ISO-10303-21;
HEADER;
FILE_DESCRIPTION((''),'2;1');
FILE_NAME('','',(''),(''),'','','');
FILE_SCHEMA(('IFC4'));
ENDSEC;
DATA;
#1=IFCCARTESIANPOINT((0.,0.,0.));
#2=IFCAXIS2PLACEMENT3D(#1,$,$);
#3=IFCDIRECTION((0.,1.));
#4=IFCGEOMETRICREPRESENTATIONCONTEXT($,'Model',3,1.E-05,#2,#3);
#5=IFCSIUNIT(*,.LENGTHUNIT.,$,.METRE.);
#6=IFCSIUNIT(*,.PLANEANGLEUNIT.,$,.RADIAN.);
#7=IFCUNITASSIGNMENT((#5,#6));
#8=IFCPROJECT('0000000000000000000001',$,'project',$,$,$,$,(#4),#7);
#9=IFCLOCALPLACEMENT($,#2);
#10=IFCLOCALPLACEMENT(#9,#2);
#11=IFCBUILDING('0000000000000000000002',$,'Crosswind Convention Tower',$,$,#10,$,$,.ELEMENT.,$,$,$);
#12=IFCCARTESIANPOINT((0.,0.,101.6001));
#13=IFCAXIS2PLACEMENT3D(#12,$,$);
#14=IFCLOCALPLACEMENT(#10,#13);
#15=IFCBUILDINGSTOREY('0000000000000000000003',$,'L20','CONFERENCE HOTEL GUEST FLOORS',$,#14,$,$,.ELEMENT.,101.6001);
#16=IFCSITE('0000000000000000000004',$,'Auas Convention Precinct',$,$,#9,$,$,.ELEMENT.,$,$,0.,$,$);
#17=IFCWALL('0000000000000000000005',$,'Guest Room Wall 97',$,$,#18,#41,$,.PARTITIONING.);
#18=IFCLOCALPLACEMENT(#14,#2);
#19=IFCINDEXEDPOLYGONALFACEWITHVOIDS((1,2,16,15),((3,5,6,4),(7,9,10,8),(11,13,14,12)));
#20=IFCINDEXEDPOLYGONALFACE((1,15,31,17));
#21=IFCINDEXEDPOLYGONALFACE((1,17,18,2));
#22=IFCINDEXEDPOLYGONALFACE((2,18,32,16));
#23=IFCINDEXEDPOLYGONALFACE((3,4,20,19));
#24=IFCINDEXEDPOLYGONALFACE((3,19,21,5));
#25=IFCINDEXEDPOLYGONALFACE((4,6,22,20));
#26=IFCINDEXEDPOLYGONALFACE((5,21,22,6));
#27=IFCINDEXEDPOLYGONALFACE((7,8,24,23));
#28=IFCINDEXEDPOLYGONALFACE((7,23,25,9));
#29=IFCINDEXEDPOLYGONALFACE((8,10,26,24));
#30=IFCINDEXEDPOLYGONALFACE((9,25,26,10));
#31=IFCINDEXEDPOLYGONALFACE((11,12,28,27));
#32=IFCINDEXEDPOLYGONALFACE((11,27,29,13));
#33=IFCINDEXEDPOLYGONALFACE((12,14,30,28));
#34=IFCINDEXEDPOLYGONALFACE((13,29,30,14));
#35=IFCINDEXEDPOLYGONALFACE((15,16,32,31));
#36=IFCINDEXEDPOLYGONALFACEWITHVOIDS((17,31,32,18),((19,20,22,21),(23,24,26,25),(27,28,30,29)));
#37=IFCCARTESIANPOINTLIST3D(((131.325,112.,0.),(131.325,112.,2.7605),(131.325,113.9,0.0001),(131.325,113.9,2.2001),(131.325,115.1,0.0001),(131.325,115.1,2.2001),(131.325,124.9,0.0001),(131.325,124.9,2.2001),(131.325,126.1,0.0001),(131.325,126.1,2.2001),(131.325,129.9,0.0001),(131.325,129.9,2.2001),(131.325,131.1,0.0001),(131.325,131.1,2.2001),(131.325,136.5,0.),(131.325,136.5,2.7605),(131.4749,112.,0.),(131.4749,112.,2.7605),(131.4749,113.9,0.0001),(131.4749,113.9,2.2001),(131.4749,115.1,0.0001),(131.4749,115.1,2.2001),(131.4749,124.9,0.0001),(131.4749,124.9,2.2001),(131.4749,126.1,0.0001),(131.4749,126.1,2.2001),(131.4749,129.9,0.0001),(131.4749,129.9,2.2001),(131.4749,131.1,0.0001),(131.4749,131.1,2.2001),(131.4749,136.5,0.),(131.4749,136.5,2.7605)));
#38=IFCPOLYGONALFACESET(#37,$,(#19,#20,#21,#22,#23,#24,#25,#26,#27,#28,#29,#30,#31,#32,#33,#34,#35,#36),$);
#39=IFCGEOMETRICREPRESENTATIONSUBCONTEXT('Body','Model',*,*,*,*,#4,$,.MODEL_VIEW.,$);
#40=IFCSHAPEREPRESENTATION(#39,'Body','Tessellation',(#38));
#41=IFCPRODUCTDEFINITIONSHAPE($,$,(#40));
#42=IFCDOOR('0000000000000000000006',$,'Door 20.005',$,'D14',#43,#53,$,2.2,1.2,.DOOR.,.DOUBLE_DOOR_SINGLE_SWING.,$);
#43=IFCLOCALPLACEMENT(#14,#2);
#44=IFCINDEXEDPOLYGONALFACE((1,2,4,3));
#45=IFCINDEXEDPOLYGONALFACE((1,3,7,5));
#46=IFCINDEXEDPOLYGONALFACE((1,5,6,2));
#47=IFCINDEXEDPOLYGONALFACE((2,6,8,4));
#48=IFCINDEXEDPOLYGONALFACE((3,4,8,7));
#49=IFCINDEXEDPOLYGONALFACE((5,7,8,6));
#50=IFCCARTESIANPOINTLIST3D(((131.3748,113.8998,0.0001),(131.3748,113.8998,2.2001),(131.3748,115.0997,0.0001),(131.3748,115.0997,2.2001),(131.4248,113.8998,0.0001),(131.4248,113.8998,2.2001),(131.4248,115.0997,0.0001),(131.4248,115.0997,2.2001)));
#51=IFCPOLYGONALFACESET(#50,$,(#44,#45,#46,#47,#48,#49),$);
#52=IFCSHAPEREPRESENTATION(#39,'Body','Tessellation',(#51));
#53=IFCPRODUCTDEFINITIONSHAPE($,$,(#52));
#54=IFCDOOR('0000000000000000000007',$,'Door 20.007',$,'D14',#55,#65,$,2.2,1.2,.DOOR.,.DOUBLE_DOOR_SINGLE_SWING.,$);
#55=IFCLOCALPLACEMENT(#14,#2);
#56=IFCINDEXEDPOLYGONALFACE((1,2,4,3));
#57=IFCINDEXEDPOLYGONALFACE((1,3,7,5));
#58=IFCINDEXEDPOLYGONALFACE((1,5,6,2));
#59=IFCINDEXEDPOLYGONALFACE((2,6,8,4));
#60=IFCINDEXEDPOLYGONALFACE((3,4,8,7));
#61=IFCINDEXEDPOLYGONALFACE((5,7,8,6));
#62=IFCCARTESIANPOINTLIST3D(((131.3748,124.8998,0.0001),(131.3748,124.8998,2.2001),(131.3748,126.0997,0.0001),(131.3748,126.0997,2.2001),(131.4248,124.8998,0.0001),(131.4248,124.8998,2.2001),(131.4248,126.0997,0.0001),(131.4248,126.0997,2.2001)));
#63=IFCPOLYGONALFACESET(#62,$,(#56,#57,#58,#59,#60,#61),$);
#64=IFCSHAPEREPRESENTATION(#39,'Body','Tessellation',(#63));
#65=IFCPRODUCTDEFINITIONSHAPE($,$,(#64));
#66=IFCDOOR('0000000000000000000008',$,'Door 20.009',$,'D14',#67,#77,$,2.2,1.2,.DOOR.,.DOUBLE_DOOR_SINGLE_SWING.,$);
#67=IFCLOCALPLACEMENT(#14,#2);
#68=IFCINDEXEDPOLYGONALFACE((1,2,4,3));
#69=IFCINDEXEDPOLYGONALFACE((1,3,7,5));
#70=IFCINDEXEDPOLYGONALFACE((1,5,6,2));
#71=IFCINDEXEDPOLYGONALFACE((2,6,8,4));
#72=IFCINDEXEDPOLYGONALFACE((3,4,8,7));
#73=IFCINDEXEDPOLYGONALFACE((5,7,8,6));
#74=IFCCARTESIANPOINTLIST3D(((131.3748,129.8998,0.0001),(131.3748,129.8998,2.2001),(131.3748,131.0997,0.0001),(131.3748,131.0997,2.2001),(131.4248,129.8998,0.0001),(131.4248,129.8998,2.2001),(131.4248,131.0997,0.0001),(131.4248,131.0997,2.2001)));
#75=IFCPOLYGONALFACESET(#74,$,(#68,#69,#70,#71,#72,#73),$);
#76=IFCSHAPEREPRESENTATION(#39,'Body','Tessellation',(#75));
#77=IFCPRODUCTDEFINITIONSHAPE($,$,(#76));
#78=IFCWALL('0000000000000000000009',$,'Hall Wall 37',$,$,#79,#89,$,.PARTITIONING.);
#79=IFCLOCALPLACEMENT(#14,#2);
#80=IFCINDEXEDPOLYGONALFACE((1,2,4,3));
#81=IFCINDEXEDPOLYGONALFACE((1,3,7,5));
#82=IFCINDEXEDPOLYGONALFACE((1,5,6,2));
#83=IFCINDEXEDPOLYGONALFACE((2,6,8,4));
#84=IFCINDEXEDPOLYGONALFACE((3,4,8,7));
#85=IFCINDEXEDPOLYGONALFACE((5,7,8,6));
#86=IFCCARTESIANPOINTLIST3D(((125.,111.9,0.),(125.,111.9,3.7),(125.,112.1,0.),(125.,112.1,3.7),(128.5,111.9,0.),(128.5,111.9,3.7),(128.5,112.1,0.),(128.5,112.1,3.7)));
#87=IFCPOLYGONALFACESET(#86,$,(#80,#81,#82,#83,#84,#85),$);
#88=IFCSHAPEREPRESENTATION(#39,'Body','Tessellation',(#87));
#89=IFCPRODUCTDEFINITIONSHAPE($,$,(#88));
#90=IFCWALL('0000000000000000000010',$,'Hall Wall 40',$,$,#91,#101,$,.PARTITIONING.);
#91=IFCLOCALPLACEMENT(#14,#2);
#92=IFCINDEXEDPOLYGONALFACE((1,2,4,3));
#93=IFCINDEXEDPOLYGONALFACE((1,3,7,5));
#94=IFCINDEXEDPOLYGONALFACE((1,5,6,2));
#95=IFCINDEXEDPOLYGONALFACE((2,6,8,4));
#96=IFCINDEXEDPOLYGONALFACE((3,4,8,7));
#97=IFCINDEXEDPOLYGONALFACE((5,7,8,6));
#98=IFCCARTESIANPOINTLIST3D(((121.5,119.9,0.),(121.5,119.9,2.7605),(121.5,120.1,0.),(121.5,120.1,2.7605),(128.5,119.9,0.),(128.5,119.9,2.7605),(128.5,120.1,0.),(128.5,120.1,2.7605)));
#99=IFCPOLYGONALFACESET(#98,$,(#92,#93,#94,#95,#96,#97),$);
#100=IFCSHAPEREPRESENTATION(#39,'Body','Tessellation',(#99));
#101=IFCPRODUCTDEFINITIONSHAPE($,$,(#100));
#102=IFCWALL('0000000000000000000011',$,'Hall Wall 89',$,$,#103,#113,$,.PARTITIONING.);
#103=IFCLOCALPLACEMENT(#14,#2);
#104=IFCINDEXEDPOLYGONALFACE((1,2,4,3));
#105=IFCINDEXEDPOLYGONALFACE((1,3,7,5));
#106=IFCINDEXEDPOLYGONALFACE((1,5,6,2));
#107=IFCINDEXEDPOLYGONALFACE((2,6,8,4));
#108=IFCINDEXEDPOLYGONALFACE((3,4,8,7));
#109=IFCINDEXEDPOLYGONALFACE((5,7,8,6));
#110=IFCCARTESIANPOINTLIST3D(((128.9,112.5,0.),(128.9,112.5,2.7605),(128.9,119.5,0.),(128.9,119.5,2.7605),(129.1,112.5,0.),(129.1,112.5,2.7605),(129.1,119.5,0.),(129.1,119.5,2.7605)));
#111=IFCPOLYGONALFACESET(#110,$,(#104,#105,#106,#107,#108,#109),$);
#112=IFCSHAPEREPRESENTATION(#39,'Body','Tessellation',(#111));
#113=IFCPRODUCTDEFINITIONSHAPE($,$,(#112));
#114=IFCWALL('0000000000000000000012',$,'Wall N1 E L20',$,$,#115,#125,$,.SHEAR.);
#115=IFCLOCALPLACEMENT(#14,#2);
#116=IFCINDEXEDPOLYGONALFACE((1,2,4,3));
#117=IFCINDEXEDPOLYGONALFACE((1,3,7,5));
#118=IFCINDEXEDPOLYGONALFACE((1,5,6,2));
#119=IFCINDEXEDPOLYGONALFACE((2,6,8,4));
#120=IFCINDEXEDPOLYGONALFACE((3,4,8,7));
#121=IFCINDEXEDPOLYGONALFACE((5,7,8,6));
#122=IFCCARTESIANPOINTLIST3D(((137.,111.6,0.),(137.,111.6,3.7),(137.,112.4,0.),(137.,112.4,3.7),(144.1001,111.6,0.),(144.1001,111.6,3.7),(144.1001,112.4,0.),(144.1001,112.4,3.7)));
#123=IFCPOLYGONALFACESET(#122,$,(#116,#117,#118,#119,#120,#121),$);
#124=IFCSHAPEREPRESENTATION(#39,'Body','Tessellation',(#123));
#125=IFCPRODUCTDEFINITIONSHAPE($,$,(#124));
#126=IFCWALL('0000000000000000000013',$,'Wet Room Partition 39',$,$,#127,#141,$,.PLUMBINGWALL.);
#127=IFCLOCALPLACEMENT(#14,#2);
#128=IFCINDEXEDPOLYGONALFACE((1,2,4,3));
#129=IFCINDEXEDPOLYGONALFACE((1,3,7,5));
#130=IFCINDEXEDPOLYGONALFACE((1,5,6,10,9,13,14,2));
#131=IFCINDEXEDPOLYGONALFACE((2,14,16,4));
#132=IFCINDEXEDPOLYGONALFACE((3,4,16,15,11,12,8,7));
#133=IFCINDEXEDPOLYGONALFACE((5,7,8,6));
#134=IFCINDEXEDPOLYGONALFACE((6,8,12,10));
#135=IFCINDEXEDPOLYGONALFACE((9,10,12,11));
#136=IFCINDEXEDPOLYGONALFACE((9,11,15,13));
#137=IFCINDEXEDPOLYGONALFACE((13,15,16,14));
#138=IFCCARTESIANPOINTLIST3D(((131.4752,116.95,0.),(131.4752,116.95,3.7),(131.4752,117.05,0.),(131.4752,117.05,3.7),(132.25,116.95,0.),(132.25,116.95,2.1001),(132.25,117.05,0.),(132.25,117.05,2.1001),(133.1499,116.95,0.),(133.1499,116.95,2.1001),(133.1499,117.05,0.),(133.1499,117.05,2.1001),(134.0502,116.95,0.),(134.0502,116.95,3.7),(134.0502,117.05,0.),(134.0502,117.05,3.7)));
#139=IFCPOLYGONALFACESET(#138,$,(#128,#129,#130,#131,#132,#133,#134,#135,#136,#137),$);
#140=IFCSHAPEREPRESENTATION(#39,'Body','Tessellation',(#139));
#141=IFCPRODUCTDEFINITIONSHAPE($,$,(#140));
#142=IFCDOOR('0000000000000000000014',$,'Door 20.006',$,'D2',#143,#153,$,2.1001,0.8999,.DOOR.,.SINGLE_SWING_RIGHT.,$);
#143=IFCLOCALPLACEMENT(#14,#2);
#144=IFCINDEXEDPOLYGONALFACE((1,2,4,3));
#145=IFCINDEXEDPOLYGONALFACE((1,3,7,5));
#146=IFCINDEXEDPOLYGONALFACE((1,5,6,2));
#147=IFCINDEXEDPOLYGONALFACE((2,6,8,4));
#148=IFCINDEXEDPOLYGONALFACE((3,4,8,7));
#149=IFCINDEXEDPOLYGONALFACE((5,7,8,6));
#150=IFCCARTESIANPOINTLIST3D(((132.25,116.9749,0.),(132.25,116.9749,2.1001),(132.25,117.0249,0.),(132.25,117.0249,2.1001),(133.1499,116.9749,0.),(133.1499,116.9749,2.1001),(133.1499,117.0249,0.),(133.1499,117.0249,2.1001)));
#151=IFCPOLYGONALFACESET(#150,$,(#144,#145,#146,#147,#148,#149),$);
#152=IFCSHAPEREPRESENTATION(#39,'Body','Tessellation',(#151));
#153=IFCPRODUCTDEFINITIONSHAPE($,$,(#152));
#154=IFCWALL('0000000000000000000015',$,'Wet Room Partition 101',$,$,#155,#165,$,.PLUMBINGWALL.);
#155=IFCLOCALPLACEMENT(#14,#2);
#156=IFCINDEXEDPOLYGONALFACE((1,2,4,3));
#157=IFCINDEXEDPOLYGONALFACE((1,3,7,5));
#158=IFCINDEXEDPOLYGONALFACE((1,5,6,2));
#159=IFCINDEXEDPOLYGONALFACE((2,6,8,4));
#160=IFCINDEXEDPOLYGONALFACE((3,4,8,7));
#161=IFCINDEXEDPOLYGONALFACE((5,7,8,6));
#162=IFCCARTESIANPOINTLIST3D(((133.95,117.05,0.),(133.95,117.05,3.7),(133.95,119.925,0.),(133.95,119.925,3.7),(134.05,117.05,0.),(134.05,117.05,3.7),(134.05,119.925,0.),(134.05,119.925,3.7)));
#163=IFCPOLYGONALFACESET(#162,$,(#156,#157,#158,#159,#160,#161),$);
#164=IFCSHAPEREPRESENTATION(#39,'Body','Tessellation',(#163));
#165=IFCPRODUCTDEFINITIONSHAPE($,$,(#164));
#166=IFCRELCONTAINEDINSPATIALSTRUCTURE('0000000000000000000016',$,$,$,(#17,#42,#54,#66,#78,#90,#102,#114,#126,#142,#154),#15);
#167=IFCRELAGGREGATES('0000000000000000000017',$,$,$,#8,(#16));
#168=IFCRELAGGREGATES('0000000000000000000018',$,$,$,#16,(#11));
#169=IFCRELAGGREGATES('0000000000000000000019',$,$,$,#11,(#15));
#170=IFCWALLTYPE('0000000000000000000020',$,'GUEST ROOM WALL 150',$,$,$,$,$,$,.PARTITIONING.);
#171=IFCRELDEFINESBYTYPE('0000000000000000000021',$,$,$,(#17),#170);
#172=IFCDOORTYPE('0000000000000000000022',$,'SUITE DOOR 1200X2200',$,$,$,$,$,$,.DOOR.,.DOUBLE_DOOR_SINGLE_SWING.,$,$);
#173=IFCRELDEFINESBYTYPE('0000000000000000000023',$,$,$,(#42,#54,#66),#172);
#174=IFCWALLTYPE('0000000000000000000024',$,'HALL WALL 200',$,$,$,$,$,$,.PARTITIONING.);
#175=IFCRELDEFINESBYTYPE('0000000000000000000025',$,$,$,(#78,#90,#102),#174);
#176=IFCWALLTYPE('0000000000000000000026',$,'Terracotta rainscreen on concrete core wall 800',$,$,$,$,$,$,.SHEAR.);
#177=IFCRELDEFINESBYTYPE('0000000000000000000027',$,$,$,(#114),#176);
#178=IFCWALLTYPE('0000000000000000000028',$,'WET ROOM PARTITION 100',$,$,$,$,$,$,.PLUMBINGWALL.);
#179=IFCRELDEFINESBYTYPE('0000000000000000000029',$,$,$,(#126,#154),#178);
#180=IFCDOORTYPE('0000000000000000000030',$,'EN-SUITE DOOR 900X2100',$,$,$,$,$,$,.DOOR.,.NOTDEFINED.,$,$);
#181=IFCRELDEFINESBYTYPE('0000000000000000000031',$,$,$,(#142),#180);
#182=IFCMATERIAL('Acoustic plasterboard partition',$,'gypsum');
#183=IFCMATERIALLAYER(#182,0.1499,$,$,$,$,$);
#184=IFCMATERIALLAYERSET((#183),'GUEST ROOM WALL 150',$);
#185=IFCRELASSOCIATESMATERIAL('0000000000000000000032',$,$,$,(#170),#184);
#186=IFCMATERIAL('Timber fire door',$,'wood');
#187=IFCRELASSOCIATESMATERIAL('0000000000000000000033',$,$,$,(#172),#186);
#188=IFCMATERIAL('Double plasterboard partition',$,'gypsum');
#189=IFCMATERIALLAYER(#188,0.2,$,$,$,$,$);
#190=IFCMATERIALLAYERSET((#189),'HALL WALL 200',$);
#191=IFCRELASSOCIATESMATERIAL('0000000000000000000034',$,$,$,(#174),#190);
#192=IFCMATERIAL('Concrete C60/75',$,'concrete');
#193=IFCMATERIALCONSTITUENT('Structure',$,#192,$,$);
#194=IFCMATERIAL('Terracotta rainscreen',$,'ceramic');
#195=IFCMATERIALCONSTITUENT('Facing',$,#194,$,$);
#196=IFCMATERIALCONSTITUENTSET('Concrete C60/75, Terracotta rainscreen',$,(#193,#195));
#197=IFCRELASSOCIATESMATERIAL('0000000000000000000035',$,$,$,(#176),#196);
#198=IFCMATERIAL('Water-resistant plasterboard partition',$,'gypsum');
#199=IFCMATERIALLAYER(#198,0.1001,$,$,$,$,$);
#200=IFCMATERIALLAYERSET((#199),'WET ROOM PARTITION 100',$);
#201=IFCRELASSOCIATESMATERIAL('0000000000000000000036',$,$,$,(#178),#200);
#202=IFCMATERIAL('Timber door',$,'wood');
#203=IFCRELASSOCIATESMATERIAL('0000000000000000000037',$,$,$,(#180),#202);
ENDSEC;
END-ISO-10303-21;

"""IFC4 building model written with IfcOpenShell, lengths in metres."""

from ifc_helpers import new_model, si_unit, direction, frame, frame_2d, origin, place, context, subcontext, project, spatial, rectangle, extrude, material, layer, layer_set, constituent, constituent_set, type_object, element, fill, save


model = new_model("IFC4")

# Units and contexts
model_context = context("Model", 3, precision=1e-05, world=origin(), true_north=direction((0.0, 1.0)))
body_context = subcontext(model_context, "Body", "Model", "MODEL_VIEW")
ifc_project = project(units=[si_unit("LENGTHUNIT", "METRE"), si_unit("PLANEANGLEUNIT", "RADIAN")], contexts=[model_context])

# Site, building, storey
site_placement = place(None, origin())
site = spatial("IfcSite", under=ifc_project, at=site_placement, Name="Auas Convention Precinct", CompositionType="ELEMENT", RefElevation=0.0)
building_placement = place(site_placement, origin())
building = spatial("IfcBuilding", under=site, at=building_placement, Name="Crosswind Convention Tower", CompositionType="ELEMENT")
storey_placement = place(building_placement, frame((0.0, 0.0, 101.6001)))
storey = spatial("IfcBuildingStorey", under=building, at=storey_placement, Name="L20", Description="CONFERENCE HOTEL GUEST FLOORS", CompositionType="ELEMENT", Elevation=101.6001)

# Shared definitions
ifc_material_1 = material(Name="Acoustic plasterboard partition", Category="gypsum")
ifc_layer_1 = layer(ifc_material_1, 0.1499)
ifc_layer_set_1 = layer_set([ifc_layer_1], Name="GUEST ROOM WALL 150")
wall_type_1 = type_object("IfcWallType", Name="GUEST ROOM WALL 150", PredefinedType="PARTITIONING", material=ifc_layer_set_1)

# Wall, openings, doors
wall_1_placement = place(storey_placement, frame((131.3999, 112.0, 0.0), z_axis=(0.0, 0.0, 1.0), x_axis=(0.0, 1.0, 0.0)))
wall_1 = element("IfcWall", 1, at=wall_1_placement, inside=storey, type_object=wall_type_1, Name="Guest Room Wall 97", PredefinedType="PARTITIONING", context=body_context, shape_type="SweptSolid", body=[
    extrude(rectangle(XDim=24.5, YDim=0.1499, at=frame_2d((12.25, 0.0))), origin(), (0.0, 0.0, 1.0), 2.7605),
])
opening_1_placement = place(wall_1_placement, frame((1.8999, 0.0, 0.0)))
opening_1 = element("IfcOpeningElement", 2, at=opening_1_placement, cuts=wall_1, PredefinedType="OPENING", context=body_context, shape_type="SweptSolid", body=[
    extrude(rectangle(XDim=1.2, YDim=2.2, at=frame_2d((0.6001, 1.1001))), frame((0.0, 0.085, 0.0), z_axis=(0.0, -1.0, 0.0), x_axis=(1.0, 0.0, 0.0)), (0.0, 0.0, 1.0), 0.1699),
])
opening_2_placement = place(wall_1_placement, frame((12.8999, 0.0, 0.0)))
opening_2 = element("IfcOpeningElement", 3, at=opening_2_placement, cuts=wall_1, PredefinedType="OPENING", context=body_context, shape_type="SweptSolid", body=[
    extrude(rectangle(XDim=1.2, YDim=2.2, at=frame_2d((0.6001, 1.1001))), frame((0.0, 0.085, 0.0), z_axis=(0.0, -1.0, 0.0), x_axis=(1.0, 0.0, 0.0)), (0.0, 0.0, 1.0), 0.1699),
])
opening_3_placement = place(wall_1_placement, frame((17.8999, 0.0, 0.0)))
opening_3 = element("IfcOpeningElement", 4, at=opening_3_placement, cuts=wall_1, PredefinedType="OPENING", context=body_context, shape_type="SweptSolid", body=[
    extrude(rectangle(XDim=1.2, YDim=2.2, at=frame_2d((0.6001, 1.1001))), frame((0.0, 0.085, 0.0), z_axis=(0.0, -1.0, 0.0), x_axis=(1.0, 0.0, 0.0)), (0.0, 0.0, 1.0), 0.1699),
])
ifc_material_2 = material(Name="Timber fire door", Category="wood")
door_type_1 = type_object("IfcDoorType", Name="SUITE DOOR 1200X2200", OperationType="DOUBLE_DOOR_SINGLE_SWING", PredefinedType="DOOR", material=ifc_material_2)
door_1_placement = place(opening_1_placement, frame((1.2, 0.0, 0.0), z_axis=(0.0, 0.0, 1.0), x_axis=(-1.0, 0.0, 0.0)))
door_1 = element("IfcDoor", 5, at=door_1_placement, inside=storey, type_object=door_type_1, Name="Door 20.005", ObjectType="D14", OperationType="DOUBLE_DOOR_SINGLE_SWING", OverallHeight=2.2, OverallWidth=1.2, PredefinedType="DOOR", context=body_context, shape_type="SweptSolid", body=[
    extrude(rectangle(XDim=1.2, YDim=2.2, at=frame_2d((0.6001, 1.1001))), frame((0.0, 0.0249, 0.0), z_axis=(0.0, -1.0, 0.0), x_axis=(1.0, 0.0, 0.0)), (0.0, 0.0, 1.0), 0.05),
])
fill(opening_1, door_1)
door_2_placement = place(opening_2_placement, frame((1.2, 0.0, 0.0), z_axis=(0.0, 0.0, 1.0), x_axis=(-1.0, 0.0, 0.0)))
door_2 = element("IfcDoor", 6, at=door_2_placement, inside=storey, type_object=door_type_1, Name="Door 20.007", ObjectType="D14", OperationType="DOUBLE_DOOR_SINGLE_SWING", OverallHeight=2.2, OverallWidth=1.2, PredefinedType="DOOR", context=body_context, shape_type="SweptSolid", body=[
    extrude(rectangle(XDim=1.2, YDim=2.2, at=frame_2d((0.6001, 1.1001))), frame((0.0, 0.0249, 0.0), z_axis=(0.0, -1.0, 0.0), x_axis=(1.0, 0.0, 0.0)), (0.0, 0.0, 1.0), 0.05),
])
fill(opening_2, door_2)
door_3_placement = place(opening_3_placement, frame((1.2, 0.0, 0.0), z_axis=(0.0, 0.0, 1.0), x_axis=(-1.0, 0.0, 0.0)))
door_3 = element("IfcDoor", 7, at=door_3_placement, inside=storey, type_object=door_type_1, Name="Door 20.009", ObjectType="D14", OperationType="DOUBLE_DOOR_SINGLE_SWING", OverallHeight=2.2, OverallWidth=1.2, PredefinedType="DOOR", context=body_context, shape_type="SweptSolid", body=[
    extrude(rectangle(XDim=1.2, YDim=2.2, at=frame_2d((0.6001, 1.1001))), frame((0.0, 0.0249, 0.0), z_axis=(0.0, -1.0, 0.0), x_axis=(1.0, 0.0, 0.0)), (0.0, 0.0, 1.0), 0.05),
])
fill(opening_3, door_3)

# Walls
ifc_material_3 = material(Name="Double plasterboard partition", Category="gypsum")
ifc_layer_2 = layer(ifc_material_3, 0.2)
ifc_layer_set_2 = layer_set([ifc_layer_2], Name="HALL WALL 200")
wall_type_2 = type_object("IfcWallType", Name="HALL WALL 200", PredefinedType="PARTITIONING", material=ifc_layer_set_2)
wall_2_placement = place(storey_placement, frame((125.0, 112.0, 0.0), z_axis=(0.0, 0.0, 1.0), x_axis=(1.0, 0.0, 0.0)))
element("IfcWall", 8, at=wall_2_placement, inside=storey, type_object=wall_type_2, Name="Hall Wall 37", PredefinedType="PARTITIONING", context=body_context, shape_type="SweptSolid", body=[
    extrude(rectangle(XDim=3.5, YDim=0.2, at=frame_2d((1.75, 0.0))), origin(), (0.0, 0.0, 1.0), 3.7),
])
for number, where, z_axis, x_axis, name in (
    (9, (121.5, 120.0, 0.0), (0.0, 0.0, 1.0), (1.0, 0.0, 0.0), "Hall Wall 40"),
    (10, (129.0, 112.5, 0.0), (0.0, 0.0, 1.0), (0.0, 1.0, 0.0), "Hall Wall 89"),
):
    element("IfcWall", number, at=place(storey_placement, frame(where, z_axis=z_axis, x_axis=x_axis)), inside=storey, type_object=wall_type_2, Name=name, PredefinedType="PARTITIONING", context=body_context, shape_type="SweptSolid", body=[
        extrude(rectangle(XDim=7.0, YDim=0.2, at=frame_2d((3.5, 0.0))), origin(), (0.0, 0.0, 1.0), 2.7605),
    ])
ifc_material_4 = material(Name="Concrete C60/75", Category="concrete")
ifc_constituent_1 = constituent(ifc_material_4, Name="Structure")
ifc_material_5 = material(Name="Terracotta rainscreen", Category="ceramic")
ifc_constituent_2 = constituent(ifc_material_5, Name="Facing")
ifc_constituent_set = constituent_set(constituents=[ifc_constituent_1, ifc_constituent_2], Name="Concrete C60/75, Terracotta rainscreen")
wall_type_3 = type_object("IfcWallType", Name="Terracotta rainscreen on concrete core wall 800", PredefinedType="SHEAR", material=ifc_constituent_set)
wall_3_placement = place(storey_placement, frame((137.0, 112.0, 0.0), z_axis=(0.0, 0.0, 1.0), x_axis=(1.0, 0.0, 0.0)))
element("IfcWall", 11, at=wall_3_placement, inside=storey, type_object=wall_type_3, Name="Wall N1 E L20", PredefinedType="SHEAR", context=body_context, shape_type="SweptSolid", body=[
    extrude(rectangle(XDim=7.1001, YDim=0.8, at=frame_2d((3.55, 0.0))), origin(), (0.0, 0.0, 1.0), 3.7),
])

# Wall, opening, door
ifc_material_6 = material(Name="Water-resistant plasterboard partition", Category="gypsum")
ifc_layer_3 = layer(ifc_material_6, 0.1001)
ifc_layer_set_3 = layer_set([ifc_layer_3], Name="WET ROOM PARTITION 100")
wall_type_4 = type_object("IfcWallType", Name="WET ROOM PARTITION 100", PredefinedType="PLUMBINGWALL", material=ifc_layer_set_3)
wall_4_placement = place(storey_placement, frame((131.4751, 117.0, 0.0), z_axis=(0.0, 0.0, 1.0), x_axis=(1.0, 0.0, 0.0)))
wall_4 = element("IfcWall", 12, at=wall_4_placement, inside=storey, type_object=wall_type_4, Name="Wet Room Partition 39", PredefinedType="PLUMBINGWALL", context=body_context, shape_type="SweptSolid", body=[
    extrude(rectangle(XDim=2.575, YDim=0.1001, at=frame_2d((1.2876, 0.0))), origin(), (0.0, 0.0, 1.0), 3.7),
])
opening_4_placement = place(wall_4_placement, frame((0.7749, 0.0, 0.0)))
opening_4 = element("IfcOpeningElement", 13, at=opening_4_placement, cuts=wall_4, PredefinedType="OPENING", context=body_context, shape_type="SweptSolid", body=[
    extrude(rectangle(XDim=0.8999, YDim=2.1001, at=frame_2d((0.45, 1.05))), frame((0.0, 0.0601, 0.0), z_axis=(0.0, -1.0, 0.0), x_axis=(1.0, 0.0, 0.0)), (0.0, 0.0, 1.0), 0.1201),
])
ifc_material_7 = material(Name="Timber door", Category="wood")
door_type_2 = type_object("IfcDoorType", Name="EN-SUITE DOOR 900X2100", OperationType="NOTDEFINED", PredefinedType="DOOR", material=ifc_material_7)
door_4_placement = place(opening_4_placement, origin())
door_4 = element("IfcDoor", 14, at=door_4_placement, inside=storey, type_object=door_type_2, Name="Door 20.006", ObjectType="D2", OperationType="SINGLE_SWING_RIGHT", OverallHeight=2.1001, OverallWidth=0.8999, PredefinedType="DOOR", context=body_context, shape_type="SweptSolid", body=[
    extrude(rectangle(XDim=0.8999, YDim=2.1001, at=frame_2d((0.45, 1.05))), frame((0.0, 0.0249, 0.0), z_axis=(0.0, -1.0, 0.0), x_axis=(1.0, 0.0, 0.0)), (0.0, 0.0, 1.0), 0.05),
])
fill(opening_4, door_4)

# Wall
wall_5_placement = place(storey_placement, frame((134.0, 117.05, 0.0), z_axis=(0.0, 0.0, 1.0), x_axis=(0.0, 1.0, 0.0)))
element("IfcWall", 15, at=wall_5_placement, inside=storey, type_object=wall_type_4, Name="Wet Room Partition 101", PredefinedType="PLUMBINGWALL", context=body_context, shape_type="SweptSolid", body=[
    extrude(rectangle(XDim=2.875, YDim=0.1001, at=frame_2d((1.4375, 0.0))), origin(), (0.0, 0.0, 1.0), 3.7),
])

save(model, "model.ifc")
